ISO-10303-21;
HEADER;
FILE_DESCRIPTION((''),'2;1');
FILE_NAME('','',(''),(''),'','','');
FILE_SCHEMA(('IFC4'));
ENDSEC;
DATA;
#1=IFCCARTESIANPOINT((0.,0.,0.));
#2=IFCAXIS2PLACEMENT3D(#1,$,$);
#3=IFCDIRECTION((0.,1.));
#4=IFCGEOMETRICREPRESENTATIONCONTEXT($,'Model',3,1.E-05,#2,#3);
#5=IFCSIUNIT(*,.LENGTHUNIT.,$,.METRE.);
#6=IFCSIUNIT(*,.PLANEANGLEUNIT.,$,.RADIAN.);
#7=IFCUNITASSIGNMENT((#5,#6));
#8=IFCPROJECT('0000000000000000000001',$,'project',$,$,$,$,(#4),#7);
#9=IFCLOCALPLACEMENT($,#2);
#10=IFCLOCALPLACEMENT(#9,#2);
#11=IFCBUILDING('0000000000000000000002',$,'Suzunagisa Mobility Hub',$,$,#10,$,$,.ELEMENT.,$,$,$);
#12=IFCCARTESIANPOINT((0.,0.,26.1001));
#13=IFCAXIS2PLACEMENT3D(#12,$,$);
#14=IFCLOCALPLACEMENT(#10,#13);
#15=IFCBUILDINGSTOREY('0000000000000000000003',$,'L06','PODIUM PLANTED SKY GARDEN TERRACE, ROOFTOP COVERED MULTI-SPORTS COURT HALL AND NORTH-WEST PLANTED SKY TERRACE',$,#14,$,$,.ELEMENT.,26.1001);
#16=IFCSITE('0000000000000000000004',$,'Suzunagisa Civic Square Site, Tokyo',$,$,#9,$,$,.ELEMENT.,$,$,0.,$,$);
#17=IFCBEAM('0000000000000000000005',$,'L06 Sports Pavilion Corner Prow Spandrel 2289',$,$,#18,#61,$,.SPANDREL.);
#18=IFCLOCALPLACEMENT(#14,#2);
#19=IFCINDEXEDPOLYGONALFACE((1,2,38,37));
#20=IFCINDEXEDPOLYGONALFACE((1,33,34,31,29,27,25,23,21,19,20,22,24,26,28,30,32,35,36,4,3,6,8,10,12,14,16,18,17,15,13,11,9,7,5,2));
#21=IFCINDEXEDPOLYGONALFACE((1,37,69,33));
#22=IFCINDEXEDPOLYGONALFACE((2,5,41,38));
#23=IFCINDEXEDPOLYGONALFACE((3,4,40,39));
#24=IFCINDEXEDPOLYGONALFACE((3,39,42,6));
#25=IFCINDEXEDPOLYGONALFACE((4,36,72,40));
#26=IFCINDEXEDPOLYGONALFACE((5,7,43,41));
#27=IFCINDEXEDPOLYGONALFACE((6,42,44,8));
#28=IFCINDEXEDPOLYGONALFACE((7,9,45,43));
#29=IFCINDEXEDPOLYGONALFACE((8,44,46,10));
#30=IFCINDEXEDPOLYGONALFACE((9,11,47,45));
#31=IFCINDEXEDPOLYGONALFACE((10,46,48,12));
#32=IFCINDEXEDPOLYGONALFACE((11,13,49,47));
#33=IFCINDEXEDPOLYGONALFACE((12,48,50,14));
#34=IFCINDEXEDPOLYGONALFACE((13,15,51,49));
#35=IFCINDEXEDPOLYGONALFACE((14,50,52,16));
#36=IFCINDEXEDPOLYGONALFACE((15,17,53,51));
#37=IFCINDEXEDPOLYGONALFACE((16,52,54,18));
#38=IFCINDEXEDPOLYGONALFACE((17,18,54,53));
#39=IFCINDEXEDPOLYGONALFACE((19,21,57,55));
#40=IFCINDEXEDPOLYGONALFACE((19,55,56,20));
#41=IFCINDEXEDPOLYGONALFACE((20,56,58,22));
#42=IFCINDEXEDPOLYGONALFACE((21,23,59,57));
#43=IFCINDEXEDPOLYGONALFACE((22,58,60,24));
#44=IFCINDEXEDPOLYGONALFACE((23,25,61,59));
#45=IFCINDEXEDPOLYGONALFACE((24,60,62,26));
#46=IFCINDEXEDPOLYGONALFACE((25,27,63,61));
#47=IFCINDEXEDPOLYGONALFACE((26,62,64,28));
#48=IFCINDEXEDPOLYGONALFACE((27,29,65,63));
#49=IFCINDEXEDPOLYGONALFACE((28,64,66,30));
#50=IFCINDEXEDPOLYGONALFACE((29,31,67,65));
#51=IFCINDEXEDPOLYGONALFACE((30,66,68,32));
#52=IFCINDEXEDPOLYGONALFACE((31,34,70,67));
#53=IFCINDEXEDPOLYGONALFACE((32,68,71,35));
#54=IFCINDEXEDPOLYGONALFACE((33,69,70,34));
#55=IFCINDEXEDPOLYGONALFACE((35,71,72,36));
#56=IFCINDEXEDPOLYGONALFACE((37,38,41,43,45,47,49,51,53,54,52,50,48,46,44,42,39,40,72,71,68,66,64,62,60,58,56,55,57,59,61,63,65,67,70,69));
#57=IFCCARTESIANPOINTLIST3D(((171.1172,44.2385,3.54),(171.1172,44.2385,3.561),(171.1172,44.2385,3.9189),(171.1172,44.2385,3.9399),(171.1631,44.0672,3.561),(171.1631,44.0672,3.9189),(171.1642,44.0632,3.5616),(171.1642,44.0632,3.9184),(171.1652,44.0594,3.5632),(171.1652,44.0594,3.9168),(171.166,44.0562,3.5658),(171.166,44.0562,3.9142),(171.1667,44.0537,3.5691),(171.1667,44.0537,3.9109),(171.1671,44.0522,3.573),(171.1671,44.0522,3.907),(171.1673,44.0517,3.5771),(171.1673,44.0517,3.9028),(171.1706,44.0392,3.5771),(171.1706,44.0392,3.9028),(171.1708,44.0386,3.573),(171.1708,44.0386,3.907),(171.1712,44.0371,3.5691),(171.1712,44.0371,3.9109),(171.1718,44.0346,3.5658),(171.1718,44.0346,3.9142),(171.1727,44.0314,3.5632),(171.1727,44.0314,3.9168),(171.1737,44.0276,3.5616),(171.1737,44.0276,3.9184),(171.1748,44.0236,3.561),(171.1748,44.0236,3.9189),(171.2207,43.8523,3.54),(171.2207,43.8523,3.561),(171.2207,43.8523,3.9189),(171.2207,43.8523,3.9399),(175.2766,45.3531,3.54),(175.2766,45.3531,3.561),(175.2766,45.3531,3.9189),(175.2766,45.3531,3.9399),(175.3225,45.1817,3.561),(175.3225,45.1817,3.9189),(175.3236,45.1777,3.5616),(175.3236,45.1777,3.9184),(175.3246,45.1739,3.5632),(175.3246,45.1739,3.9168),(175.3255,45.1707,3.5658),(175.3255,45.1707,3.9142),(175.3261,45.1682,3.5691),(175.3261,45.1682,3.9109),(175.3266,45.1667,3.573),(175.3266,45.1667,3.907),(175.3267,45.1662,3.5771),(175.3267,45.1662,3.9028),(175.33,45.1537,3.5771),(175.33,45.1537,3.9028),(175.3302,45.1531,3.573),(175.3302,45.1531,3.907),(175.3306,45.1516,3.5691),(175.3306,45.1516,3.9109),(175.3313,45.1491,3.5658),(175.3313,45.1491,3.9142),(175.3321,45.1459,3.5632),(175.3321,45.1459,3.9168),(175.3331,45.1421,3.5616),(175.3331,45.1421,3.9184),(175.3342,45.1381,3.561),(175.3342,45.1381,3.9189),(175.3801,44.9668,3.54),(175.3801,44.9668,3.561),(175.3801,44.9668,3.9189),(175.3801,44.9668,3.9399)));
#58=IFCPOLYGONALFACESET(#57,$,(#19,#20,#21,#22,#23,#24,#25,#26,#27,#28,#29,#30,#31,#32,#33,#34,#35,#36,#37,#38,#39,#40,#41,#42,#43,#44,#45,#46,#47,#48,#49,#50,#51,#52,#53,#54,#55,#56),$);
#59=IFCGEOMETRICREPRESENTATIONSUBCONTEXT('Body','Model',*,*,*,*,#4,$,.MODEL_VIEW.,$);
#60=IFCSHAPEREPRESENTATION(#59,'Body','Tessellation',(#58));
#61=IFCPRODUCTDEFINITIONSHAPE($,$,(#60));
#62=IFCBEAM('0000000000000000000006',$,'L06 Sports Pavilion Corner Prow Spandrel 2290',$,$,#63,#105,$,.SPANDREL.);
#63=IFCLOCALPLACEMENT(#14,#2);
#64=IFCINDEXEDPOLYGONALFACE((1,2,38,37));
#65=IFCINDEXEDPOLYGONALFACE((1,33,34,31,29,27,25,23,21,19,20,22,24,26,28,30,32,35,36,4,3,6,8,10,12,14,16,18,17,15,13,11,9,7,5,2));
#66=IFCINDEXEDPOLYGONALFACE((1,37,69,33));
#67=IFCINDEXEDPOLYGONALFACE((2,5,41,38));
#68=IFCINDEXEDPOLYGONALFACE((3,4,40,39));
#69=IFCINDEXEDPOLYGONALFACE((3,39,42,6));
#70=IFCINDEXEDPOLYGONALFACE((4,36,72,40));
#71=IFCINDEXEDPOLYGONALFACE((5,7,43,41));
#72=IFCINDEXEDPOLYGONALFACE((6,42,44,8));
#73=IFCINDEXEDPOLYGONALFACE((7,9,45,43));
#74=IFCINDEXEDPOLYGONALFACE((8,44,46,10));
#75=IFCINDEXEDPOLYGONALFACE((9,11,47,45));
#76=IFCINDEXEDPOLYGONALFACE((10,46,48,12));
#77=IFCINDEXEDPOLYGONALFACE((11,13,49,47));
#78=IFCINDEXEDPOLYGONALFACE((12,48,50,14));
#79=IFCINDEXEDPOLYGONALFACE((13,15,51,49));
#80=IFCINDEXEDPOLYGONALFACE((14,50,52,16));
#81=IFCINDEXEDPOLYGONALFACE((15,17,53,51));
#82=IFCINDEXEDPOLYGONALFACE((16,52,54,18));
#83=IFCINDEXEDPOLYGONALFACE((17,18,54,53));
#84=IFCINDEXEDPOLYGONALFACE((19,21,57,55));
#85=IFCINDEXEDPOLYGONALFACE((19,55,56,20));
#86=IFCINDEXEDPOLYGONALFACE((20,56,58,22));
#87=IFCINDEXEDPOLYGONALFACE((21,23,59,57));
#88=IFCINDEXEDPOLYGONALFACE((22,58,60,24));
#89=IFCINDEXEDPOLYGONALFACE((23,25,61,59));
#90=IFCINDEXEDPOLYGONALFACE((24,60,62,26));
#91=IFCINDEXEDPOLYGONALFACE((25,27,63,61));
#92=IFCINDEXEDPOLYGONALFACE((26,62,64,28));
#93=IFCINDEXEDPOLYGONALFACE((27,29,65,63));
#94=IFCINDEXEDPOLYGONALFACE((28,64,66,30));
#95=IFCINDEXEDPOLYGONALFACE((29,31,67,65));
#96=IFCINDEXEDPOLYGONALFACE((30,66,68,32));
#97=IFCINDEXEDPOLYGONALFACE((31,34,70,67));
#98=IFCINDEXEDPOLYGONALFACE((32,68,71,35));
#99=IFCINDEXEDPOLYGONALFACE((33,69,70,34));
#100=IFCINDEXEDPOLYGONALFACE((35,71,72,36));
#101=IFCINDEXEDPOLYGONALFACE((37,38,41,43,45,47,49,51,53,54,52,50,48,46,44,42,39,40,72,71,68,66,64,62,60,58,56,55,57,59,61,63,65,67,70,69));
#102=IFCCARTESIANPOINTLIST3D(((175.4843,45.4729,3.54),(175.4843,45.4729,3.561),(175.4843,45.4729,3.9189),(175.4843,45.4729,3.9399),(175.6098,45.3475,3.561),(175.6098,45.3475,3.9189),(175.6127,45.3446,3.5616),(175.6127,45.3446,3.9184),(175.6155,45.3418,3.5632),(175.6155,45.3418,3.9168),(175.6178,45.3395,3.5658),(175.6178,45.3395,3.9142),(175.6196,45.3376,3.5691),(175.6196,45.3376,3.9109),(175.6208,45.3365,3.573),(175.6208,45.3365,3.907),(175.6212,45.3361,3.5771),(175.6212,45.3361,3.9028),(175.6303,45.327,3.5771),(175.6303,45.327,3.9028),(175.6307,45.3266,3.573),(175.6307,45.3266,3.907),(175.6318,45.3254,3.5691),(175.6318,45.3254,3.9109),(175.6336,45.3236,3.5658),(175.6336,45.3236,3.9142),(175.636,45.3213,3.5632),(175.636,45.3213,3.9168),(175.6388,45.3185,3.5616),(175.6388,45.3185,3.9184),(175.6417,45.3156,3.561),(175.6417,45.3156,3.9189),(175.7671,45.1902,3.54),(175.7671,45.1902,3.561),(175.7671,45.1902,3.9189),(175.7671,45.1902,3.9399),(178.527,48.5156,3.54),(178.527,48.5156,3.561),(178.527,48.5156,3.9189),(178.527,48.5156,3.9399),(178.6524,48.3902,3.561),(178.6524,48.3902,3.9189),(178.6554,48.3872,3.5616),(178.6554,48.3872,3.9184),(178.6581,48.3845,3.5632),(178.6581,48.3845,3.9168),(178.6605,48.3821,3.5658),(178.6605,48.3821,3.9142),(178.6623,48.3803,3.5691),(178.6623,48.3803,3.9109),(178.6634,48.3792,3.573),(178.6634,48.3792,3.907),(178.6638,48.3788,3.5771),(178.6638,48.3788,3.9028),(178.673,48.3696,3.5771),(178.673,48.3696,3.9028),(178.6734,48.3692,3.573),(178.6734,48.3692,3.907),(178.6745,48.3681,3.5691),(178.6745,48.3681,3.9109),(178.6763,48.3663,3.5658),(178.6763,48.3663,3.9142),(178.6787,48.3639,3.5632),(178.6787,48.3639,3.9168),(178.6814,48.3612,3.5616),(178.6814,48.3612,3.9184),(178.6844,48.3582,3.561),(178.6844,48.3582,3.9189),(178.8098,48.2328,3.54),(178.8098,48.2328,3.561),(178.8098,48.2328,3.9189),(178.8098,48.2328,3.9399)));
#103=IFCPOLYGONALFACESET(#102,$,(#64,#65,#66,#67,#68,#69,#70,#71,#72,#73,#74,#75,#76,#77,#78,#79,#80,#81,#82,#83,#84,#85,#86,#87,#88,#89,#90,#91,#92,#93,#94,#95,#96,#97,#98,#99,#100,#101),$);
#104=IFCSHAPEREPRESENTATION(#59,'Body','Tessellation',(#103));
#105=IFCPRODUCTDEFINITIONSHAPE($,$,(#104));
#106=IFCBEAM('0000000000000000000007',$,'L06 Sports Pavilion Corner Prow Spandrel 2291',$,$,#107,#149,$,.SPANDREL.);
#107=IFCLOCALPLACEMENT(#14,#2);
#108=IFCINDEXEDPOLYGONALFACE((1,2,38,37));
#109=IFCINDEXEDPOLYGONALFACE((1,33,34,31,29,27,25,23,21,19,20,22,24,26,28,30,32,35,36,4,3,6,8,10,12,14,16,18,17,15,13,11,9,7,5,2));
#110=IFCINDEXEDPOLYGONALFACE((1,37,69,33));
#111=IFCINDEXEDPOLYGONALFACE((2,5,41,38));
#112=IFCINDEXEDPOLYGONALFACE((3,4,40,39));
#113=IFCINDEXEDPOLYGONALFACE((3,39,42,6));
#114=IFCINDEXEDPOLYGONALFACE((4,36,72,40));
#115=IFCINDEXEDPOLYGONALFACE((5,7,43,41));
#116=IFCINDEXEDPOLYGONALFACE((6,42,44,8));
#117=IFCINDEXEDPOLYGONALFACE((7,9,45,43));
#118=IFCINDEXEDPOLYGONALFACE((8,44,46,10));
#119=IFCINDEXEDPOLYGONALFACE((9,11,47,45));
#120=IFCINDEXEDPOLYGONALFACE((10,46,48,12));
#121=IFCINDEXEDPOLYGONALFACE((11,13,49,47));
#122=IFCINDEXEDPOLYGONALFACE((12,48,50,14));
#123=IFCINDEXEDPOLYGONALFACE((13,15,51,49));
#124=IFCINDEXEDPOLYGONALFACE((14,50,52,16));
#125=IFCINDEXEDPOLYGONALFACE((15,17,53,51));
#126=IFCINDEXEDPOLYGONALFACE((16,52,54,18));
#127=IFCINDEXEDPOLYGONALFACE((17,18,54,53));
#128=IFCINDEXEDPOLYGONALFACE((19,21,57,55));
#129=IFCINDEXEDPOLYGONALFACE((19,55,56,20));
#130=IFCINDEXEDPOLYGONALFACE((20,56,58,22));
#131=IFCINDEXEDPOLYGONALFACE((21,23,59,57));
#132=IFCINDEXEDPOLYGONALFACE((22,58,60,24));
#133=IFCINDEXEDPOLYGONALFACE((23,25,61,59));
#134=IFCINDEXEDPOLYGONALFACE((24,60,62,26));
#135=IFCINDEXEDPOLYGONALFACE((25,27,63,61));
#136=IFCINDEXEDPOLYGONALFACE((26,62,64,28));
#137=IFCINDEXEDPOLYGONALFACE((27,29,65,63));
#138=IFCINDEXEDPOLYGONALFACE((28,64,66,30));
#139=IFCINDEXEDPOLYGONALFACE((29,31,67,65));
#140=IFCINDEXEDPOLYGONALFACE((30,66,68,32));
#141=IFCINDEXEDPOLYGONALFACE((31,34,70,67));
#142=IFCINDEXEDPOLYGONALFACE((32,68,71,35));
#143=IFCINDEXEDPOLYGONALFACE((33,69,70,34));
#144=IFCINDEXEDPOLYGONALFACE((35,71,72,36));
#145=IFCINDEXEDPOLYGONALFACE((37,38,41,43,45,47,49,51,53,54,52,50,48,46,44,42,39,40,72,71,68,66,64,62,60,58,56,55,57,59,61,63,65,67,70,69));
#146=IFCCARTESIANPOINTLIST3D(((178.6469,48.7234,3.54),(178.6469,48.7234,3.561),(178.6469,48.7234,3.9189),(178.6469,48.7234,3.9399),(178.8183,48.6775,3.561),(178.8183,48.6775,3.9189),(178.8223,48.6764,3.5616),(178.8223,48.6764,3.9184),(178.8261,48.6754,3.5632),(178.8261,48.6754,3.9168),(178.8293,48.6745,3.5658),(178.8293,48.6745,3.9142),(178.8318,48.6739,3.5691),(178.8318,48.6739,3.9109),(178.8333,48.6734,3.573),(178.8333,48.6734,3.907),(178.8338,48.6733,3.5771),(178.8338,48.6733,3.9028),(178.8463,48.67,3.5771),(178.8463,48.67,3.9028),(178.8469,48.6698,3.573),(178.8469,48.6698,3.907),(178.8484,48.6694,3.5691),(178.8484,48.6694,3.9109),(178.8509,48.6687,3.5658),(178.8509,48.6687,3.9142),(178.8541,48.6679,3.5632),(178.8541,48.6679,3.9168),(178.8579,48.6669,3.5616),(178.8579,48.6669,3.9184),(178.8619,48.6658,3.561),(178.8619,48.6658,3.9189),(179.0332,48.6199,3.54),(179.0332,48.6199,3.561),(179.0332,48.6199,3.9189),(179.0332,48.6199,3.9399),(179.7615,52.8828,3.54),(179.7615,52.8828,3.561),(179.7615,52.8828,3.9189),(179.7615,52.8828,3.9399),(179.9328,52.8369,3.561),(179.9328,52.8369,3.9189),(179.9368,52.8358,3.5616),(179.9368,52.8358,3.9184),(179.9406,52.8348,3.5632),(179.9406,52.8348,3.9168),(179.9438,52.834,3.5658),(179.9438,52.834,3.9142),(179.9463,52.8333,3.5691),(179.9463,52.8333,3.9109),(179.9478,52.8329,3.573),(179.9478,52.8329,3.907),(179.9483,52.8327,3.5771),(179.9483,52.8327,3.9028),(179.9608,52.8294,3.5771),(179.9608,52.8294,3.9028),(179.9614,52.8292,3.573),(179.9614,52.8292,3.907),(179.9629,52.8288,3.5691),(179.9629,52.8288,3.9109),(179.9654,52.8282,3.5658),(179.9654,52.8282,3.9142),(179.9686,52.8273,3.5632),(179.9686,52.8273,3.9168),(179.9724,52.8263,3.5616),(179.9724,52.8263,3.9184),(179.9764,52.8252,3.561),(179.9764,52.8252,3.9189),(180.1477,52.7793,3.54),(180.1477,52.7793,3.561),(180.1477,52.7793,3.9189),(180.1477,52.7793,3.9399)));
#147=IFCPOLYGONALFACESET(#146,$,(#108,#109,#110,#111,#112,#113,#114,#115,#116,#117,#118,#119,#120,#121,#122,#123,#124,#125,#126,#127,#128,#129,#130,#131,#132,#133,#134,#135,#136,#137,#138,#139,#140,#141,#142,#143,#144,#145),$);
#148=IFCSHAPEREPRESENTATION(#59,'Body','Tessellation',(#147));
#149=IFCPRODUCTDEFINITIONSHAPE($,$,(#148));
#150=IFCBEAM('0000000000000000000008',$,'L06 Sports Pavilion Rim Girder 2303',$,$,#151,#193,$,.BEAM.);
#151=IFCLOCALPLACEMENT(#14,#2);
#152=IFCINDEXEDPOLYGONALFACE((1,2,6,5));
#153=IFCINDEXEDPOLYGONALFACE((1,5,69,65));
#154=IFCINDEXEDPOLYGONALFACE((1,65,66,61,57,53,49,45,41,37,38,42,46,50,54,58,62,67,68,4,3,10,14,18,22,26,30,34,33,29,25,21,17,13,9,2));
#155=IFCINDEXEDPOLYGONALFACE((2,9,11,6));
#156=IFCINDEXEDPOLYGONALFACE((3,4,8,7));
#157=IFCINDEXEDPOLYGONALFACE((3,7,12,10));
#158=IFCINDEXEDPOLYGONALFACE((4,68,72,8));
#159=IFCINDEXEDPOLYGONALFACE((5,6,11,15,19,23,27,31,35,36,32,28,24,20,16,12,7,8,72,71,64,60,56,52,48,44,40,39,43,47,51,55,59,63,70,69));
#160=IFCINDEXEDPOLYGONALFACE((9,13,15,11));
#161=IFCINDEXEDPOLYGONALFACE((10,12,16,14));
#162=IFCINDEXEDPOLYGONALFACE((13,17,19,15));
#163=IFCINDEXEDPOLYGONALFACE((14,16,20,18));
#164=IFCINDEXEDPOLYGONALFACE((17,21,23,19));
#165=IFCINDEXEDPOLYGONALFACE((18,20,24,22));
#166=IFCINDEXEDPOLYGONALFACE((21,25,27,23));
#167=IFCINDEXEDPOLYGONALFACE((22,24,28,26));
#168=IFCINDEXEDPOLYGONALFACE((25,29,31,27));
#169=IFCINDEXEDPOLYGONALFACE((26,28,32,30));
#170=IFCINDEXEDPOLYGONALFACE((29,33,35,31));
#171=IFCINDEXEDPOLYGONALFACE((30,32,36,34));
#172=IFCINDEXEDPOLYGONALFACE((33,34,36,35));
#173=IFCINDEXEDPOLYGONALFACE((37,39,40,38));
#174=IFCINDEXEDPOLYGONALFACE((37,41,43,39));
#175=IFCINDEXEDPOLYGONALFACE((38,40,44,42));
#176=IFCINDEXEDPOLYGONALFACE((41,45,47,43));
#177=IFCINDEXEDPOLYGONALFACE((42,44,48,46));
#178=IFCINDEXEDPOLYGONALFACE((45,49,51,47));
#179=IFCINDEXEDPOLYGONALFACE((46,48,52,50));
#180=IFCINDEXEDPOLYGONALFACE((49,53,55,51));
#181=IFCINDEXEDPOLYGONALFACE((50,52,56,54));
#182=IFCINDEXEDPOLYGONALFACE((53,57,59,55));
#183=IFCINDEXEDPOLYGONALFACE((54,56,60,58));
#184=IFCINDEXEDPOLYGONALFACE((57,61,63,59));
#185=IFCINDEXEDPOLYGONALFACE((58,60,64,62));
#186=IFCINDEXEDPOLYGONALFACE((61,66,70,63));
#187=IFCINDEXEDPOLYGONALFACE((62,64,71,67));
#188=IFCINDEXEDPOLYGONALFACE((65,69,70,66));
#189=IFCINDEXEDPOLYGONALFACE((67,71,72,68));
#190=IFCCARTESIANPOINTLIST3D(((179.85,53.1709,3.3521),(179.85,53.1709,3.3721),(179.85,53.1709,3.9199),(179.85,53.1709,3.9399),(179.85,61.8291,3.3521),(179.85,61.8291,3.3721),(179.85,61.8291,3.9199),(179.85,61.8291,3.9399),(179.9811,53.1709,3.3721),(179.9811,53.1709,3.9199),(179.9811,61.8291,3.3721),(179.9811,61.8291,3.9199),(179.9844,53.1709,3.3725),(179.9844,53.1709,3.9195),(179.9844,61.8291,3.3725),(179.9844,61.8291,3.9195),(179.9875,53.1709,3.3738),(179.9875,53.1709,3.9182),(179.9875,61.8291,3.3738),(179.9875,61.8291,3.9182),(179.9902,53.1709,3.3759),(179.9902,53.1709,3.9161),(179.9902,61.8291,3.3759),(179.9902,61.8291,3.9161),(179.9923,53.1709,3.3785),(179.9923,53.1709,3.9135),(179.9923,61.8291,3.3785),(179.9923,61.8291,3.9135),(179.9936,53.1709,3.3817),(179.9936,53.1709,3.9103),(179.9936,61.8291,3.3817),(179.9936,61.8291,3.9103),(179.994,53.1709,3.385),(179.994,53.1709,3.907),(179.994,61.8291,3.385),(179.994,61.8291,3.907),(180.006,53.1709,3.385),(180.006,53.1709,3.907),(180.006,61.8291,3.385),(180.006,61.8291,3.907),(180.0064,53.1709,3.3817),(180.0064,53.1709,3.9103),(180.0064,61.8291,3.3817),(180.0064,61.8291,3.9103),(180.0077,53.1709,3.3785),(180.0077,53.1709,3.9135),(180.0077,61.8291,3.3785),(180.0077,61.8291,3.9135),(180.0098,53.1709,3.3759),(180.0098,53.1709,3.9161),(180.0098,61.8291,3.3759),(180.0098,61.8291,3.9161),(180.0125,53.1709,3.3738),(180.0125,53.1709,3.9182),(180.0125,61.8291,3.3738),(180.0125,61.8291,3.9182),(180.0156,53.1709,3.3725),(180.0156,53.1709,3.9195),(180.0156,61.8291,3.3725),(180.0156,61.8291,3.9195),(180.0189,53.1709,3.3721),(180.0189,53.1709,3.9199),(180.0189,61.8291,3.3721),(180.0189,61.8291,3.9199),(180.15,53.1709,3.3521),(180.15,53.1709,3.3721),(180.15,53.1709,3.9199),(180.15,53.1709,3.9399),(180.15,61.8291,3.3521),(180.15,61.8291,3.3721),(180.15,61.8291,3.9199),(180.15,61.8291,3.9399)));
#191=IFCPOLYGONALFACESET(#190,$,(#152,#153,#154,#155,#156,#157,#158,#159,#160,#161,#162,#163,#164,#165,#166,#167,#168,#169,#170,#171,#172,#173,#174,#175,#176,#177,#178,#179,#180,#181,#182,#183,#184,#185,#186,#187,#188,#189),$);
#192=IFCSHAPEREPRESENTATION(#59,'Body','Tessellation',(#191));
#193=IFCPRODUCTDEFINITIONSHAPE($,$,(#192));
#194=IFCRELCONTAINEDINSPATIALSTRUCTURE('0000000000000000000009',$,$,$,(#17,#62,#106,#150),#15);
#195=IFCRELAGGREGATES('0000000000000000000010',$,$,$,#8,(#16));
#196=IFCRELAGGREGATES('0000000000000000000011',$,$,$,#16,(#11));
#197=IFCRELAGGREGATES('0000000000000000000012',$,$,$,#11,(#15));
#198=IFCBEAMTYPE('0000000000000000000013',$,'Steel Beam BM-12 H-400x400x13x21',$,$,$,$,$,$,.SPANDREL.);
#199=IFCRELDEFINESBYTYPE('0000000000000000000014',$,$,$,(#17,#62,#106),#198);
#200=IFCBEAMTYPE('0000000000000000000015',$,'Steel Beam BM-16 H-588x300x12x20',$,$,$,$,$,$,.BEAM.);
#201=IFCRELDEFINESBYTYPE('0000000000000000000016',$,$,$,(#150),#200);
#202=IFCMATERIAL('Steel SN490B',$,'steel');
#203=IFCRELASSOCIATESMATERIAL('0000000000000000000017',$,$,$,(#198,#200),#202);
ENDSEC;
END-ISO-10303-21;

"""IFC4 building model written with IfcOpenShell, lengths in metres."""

from ifc_helpers import new_model, si_unit, direction, frame, origin, origin_2d, place, context, subcontext, project, spatial, i_section, extrude, material, material_profile, profile_set, type_object, element, save


model = new_model("IFC4")

# Units and contexts
model_context = context("Model", 3, precision=1e-05, world=origin(), true_north=direction((0.0, 1.0)))
body_context = subcontext(model_context, "Body", "Model", "MODEL_VIEW")
ifc_project = project(units=[si_unit("LENGTHUNIT", "METRE"), si_unit("PLANEANGLEUNIT", "RADIAN")], contexts=[model_context])

# Site, building, storey
site_placement = place(None, origin())
site = spatial("IfcSite", under=ifc_project, at=site_placement, Name="Suzunagisa Civic Square Site, Tokyo", CompositionType="ELEMENT", RefElevation=0.0)
building_placement = place(site_placement, origin())
building = spatial("IfcBuilding", under=site, at=building_placement, Name="Suzunagisa Mobility Hub", CompositionType="ELEMENT")
storey_placement = place(building_placement, frame((0.0, 0.0, 26.1001)))
storey = spatial("IfcBuildingStorey", under=building, at=storey_placement, Name="L06", Description="PODIUM PLANTED SKY GARDEN TERRACE, ROOFTOP COVERED MULTI-SPORTS COURT HALL AND NORTH-WEST PLANTED SKY TERRACE", CompositionType="ELEMENT", Elevation=26.1001)

# Shared definitions
ifc_material_1 = material(Name="Steel SN490B", Category="steel")

# Beams
ifc_material_profile_1 = material_profile(ifc_material_1, i_section(OverallWidth=0.3999, OverallDepth=0.3999, WebThickness=0.0129, FlangeThickness=0.021, FilletRadius=0.0161, at=origin_2d()), Name="H-400x400x13x21")
ifc_profile_set_1 = profile_set([ifc_material_profile_1], Name="Steel SN490B")
beam_type_1 = type_object("IfcBeamType", Name="Steel Beam BM-12 H-400x400x13x21", PredefinedType="SPANDREL", material=ifc_profile_set_1)
beam_1_placement = place(storey_placement, frame((171.1689, 44.0454, 3.74), z_axis=(0.965927, 0.258816, 0.0), x_axis=(-0.258816, 0.965927, 0.0)))
element("IfcBeam", 1, at=beam_1_placement, inside=storey, type_object=beam_type_1, Name="L06 Sports Pavilion Corner Prow Spandrel 2289", PredefinedType="SPANDREL", context=body_context, shape_type="SweptSolid", body=[
    extrude(i_section(OverallWidth=0.3999, OverallDepth=0.3999, WebThickness=0.0129, FlangeThickness=0.021, FilletRadius=0.0161, at=origin_2d()), origin(), (0.0, 0.0, 1.0), 4.3062),
])
beam_2_placement = place(storey_placement, frame((175.6257, 45.3315, 3.74), z_axis=(0.707107, 0.707107, 0.0), x_axis=(-0.707107, 0.707107, 0.0)))
element("IfcBeam", 2, at=beam_2_placement, inside=storey, type_object=beam_type_1, Name="L06 Sports Pavilion Corner Prow Spandrel 2290", PredefinedType="SPANDREL", context=body_context, shape_type="SweptSolid", body=[
    extrude(i_section(OverallWidth=0.3999, OverallDepth=0.3999, WebThickness=0.0129, FlangeThickness=0.021, FilletRadius=0.0161, at=origin_2d()), origin(), (0.0, 0.0, 1.0), 4.303),
])
beam_3_placement = place(storey_placement, frame((178.8401, 48.6716, 3.74), z_axis=(0.258816, 0.965927, 0.0), x_axis=(-0.965927, 0.258816, 0.0)))
element("IfcBeam", 3, at=beam_3_placement, inside=storey, type_object=beam_type_1, Name="L06 Sports Pavilion Corner Prow Spandrel 2291", PredefinedType="SPANDREL", context=body_context, shape_type="SweptSolid", body=[
    extrude(i_section(OverallWidth=0.3999, OverallDepth=0.3999, WebThickness=0.0129, FlangeThickness=0.021, FilletRadius=0.0161, at=origin_2d()), origin(), (0.0, 0.0, 1.0), 4.3062),
])
ifc_material_profile_2 = material_profile(ifc_material_1, i_section(OverallWidth=0.3, OverallDepth=0.5879, WebThickness=0.012, FlangeThickness=0.02, FilletRadius=0.0129, at=origin_2d()), Name="H-588x300x12x20")
ifc_profile_set_2 = profile_set([ifc_material_profile_2], Name="Steel SN490B")
beam_type_2 = type_object("IfcBeamType", Name="Steel Beam BM-16 H-588x300x12x20", PredefinedType="BEAM", material=ifc_profile_set_2)
for number, where, z_axis, x_axis, name in (
    (4, (180.0, 53.1709, 3.646), (0.0, 1.0, 0.0), (-1.0, 0.0, 0.0), "L06 Sports Pavilion Rim Girder 2303"),
):
    element("IfcBeam", number, at=place(storey_placement, frame(where, z_axis=z_axis, x_axis=x_axis)), inside=storey, type_object=beam_type_2, Name=name, PredefinedType="BEAM", context=body_context, shape_type="SweptSolid", body=[
        extrude(i_section(OverallWidth=0.3, OverallDepth=0.5879, WebThickness=0.012, FlangeThickness=0.02, FilletRadius=0.0129, at=origin_2d()), origin(), (0.0, 0.0, 1.0), 8.6582),
    ])

save(model, "model.ifc")
